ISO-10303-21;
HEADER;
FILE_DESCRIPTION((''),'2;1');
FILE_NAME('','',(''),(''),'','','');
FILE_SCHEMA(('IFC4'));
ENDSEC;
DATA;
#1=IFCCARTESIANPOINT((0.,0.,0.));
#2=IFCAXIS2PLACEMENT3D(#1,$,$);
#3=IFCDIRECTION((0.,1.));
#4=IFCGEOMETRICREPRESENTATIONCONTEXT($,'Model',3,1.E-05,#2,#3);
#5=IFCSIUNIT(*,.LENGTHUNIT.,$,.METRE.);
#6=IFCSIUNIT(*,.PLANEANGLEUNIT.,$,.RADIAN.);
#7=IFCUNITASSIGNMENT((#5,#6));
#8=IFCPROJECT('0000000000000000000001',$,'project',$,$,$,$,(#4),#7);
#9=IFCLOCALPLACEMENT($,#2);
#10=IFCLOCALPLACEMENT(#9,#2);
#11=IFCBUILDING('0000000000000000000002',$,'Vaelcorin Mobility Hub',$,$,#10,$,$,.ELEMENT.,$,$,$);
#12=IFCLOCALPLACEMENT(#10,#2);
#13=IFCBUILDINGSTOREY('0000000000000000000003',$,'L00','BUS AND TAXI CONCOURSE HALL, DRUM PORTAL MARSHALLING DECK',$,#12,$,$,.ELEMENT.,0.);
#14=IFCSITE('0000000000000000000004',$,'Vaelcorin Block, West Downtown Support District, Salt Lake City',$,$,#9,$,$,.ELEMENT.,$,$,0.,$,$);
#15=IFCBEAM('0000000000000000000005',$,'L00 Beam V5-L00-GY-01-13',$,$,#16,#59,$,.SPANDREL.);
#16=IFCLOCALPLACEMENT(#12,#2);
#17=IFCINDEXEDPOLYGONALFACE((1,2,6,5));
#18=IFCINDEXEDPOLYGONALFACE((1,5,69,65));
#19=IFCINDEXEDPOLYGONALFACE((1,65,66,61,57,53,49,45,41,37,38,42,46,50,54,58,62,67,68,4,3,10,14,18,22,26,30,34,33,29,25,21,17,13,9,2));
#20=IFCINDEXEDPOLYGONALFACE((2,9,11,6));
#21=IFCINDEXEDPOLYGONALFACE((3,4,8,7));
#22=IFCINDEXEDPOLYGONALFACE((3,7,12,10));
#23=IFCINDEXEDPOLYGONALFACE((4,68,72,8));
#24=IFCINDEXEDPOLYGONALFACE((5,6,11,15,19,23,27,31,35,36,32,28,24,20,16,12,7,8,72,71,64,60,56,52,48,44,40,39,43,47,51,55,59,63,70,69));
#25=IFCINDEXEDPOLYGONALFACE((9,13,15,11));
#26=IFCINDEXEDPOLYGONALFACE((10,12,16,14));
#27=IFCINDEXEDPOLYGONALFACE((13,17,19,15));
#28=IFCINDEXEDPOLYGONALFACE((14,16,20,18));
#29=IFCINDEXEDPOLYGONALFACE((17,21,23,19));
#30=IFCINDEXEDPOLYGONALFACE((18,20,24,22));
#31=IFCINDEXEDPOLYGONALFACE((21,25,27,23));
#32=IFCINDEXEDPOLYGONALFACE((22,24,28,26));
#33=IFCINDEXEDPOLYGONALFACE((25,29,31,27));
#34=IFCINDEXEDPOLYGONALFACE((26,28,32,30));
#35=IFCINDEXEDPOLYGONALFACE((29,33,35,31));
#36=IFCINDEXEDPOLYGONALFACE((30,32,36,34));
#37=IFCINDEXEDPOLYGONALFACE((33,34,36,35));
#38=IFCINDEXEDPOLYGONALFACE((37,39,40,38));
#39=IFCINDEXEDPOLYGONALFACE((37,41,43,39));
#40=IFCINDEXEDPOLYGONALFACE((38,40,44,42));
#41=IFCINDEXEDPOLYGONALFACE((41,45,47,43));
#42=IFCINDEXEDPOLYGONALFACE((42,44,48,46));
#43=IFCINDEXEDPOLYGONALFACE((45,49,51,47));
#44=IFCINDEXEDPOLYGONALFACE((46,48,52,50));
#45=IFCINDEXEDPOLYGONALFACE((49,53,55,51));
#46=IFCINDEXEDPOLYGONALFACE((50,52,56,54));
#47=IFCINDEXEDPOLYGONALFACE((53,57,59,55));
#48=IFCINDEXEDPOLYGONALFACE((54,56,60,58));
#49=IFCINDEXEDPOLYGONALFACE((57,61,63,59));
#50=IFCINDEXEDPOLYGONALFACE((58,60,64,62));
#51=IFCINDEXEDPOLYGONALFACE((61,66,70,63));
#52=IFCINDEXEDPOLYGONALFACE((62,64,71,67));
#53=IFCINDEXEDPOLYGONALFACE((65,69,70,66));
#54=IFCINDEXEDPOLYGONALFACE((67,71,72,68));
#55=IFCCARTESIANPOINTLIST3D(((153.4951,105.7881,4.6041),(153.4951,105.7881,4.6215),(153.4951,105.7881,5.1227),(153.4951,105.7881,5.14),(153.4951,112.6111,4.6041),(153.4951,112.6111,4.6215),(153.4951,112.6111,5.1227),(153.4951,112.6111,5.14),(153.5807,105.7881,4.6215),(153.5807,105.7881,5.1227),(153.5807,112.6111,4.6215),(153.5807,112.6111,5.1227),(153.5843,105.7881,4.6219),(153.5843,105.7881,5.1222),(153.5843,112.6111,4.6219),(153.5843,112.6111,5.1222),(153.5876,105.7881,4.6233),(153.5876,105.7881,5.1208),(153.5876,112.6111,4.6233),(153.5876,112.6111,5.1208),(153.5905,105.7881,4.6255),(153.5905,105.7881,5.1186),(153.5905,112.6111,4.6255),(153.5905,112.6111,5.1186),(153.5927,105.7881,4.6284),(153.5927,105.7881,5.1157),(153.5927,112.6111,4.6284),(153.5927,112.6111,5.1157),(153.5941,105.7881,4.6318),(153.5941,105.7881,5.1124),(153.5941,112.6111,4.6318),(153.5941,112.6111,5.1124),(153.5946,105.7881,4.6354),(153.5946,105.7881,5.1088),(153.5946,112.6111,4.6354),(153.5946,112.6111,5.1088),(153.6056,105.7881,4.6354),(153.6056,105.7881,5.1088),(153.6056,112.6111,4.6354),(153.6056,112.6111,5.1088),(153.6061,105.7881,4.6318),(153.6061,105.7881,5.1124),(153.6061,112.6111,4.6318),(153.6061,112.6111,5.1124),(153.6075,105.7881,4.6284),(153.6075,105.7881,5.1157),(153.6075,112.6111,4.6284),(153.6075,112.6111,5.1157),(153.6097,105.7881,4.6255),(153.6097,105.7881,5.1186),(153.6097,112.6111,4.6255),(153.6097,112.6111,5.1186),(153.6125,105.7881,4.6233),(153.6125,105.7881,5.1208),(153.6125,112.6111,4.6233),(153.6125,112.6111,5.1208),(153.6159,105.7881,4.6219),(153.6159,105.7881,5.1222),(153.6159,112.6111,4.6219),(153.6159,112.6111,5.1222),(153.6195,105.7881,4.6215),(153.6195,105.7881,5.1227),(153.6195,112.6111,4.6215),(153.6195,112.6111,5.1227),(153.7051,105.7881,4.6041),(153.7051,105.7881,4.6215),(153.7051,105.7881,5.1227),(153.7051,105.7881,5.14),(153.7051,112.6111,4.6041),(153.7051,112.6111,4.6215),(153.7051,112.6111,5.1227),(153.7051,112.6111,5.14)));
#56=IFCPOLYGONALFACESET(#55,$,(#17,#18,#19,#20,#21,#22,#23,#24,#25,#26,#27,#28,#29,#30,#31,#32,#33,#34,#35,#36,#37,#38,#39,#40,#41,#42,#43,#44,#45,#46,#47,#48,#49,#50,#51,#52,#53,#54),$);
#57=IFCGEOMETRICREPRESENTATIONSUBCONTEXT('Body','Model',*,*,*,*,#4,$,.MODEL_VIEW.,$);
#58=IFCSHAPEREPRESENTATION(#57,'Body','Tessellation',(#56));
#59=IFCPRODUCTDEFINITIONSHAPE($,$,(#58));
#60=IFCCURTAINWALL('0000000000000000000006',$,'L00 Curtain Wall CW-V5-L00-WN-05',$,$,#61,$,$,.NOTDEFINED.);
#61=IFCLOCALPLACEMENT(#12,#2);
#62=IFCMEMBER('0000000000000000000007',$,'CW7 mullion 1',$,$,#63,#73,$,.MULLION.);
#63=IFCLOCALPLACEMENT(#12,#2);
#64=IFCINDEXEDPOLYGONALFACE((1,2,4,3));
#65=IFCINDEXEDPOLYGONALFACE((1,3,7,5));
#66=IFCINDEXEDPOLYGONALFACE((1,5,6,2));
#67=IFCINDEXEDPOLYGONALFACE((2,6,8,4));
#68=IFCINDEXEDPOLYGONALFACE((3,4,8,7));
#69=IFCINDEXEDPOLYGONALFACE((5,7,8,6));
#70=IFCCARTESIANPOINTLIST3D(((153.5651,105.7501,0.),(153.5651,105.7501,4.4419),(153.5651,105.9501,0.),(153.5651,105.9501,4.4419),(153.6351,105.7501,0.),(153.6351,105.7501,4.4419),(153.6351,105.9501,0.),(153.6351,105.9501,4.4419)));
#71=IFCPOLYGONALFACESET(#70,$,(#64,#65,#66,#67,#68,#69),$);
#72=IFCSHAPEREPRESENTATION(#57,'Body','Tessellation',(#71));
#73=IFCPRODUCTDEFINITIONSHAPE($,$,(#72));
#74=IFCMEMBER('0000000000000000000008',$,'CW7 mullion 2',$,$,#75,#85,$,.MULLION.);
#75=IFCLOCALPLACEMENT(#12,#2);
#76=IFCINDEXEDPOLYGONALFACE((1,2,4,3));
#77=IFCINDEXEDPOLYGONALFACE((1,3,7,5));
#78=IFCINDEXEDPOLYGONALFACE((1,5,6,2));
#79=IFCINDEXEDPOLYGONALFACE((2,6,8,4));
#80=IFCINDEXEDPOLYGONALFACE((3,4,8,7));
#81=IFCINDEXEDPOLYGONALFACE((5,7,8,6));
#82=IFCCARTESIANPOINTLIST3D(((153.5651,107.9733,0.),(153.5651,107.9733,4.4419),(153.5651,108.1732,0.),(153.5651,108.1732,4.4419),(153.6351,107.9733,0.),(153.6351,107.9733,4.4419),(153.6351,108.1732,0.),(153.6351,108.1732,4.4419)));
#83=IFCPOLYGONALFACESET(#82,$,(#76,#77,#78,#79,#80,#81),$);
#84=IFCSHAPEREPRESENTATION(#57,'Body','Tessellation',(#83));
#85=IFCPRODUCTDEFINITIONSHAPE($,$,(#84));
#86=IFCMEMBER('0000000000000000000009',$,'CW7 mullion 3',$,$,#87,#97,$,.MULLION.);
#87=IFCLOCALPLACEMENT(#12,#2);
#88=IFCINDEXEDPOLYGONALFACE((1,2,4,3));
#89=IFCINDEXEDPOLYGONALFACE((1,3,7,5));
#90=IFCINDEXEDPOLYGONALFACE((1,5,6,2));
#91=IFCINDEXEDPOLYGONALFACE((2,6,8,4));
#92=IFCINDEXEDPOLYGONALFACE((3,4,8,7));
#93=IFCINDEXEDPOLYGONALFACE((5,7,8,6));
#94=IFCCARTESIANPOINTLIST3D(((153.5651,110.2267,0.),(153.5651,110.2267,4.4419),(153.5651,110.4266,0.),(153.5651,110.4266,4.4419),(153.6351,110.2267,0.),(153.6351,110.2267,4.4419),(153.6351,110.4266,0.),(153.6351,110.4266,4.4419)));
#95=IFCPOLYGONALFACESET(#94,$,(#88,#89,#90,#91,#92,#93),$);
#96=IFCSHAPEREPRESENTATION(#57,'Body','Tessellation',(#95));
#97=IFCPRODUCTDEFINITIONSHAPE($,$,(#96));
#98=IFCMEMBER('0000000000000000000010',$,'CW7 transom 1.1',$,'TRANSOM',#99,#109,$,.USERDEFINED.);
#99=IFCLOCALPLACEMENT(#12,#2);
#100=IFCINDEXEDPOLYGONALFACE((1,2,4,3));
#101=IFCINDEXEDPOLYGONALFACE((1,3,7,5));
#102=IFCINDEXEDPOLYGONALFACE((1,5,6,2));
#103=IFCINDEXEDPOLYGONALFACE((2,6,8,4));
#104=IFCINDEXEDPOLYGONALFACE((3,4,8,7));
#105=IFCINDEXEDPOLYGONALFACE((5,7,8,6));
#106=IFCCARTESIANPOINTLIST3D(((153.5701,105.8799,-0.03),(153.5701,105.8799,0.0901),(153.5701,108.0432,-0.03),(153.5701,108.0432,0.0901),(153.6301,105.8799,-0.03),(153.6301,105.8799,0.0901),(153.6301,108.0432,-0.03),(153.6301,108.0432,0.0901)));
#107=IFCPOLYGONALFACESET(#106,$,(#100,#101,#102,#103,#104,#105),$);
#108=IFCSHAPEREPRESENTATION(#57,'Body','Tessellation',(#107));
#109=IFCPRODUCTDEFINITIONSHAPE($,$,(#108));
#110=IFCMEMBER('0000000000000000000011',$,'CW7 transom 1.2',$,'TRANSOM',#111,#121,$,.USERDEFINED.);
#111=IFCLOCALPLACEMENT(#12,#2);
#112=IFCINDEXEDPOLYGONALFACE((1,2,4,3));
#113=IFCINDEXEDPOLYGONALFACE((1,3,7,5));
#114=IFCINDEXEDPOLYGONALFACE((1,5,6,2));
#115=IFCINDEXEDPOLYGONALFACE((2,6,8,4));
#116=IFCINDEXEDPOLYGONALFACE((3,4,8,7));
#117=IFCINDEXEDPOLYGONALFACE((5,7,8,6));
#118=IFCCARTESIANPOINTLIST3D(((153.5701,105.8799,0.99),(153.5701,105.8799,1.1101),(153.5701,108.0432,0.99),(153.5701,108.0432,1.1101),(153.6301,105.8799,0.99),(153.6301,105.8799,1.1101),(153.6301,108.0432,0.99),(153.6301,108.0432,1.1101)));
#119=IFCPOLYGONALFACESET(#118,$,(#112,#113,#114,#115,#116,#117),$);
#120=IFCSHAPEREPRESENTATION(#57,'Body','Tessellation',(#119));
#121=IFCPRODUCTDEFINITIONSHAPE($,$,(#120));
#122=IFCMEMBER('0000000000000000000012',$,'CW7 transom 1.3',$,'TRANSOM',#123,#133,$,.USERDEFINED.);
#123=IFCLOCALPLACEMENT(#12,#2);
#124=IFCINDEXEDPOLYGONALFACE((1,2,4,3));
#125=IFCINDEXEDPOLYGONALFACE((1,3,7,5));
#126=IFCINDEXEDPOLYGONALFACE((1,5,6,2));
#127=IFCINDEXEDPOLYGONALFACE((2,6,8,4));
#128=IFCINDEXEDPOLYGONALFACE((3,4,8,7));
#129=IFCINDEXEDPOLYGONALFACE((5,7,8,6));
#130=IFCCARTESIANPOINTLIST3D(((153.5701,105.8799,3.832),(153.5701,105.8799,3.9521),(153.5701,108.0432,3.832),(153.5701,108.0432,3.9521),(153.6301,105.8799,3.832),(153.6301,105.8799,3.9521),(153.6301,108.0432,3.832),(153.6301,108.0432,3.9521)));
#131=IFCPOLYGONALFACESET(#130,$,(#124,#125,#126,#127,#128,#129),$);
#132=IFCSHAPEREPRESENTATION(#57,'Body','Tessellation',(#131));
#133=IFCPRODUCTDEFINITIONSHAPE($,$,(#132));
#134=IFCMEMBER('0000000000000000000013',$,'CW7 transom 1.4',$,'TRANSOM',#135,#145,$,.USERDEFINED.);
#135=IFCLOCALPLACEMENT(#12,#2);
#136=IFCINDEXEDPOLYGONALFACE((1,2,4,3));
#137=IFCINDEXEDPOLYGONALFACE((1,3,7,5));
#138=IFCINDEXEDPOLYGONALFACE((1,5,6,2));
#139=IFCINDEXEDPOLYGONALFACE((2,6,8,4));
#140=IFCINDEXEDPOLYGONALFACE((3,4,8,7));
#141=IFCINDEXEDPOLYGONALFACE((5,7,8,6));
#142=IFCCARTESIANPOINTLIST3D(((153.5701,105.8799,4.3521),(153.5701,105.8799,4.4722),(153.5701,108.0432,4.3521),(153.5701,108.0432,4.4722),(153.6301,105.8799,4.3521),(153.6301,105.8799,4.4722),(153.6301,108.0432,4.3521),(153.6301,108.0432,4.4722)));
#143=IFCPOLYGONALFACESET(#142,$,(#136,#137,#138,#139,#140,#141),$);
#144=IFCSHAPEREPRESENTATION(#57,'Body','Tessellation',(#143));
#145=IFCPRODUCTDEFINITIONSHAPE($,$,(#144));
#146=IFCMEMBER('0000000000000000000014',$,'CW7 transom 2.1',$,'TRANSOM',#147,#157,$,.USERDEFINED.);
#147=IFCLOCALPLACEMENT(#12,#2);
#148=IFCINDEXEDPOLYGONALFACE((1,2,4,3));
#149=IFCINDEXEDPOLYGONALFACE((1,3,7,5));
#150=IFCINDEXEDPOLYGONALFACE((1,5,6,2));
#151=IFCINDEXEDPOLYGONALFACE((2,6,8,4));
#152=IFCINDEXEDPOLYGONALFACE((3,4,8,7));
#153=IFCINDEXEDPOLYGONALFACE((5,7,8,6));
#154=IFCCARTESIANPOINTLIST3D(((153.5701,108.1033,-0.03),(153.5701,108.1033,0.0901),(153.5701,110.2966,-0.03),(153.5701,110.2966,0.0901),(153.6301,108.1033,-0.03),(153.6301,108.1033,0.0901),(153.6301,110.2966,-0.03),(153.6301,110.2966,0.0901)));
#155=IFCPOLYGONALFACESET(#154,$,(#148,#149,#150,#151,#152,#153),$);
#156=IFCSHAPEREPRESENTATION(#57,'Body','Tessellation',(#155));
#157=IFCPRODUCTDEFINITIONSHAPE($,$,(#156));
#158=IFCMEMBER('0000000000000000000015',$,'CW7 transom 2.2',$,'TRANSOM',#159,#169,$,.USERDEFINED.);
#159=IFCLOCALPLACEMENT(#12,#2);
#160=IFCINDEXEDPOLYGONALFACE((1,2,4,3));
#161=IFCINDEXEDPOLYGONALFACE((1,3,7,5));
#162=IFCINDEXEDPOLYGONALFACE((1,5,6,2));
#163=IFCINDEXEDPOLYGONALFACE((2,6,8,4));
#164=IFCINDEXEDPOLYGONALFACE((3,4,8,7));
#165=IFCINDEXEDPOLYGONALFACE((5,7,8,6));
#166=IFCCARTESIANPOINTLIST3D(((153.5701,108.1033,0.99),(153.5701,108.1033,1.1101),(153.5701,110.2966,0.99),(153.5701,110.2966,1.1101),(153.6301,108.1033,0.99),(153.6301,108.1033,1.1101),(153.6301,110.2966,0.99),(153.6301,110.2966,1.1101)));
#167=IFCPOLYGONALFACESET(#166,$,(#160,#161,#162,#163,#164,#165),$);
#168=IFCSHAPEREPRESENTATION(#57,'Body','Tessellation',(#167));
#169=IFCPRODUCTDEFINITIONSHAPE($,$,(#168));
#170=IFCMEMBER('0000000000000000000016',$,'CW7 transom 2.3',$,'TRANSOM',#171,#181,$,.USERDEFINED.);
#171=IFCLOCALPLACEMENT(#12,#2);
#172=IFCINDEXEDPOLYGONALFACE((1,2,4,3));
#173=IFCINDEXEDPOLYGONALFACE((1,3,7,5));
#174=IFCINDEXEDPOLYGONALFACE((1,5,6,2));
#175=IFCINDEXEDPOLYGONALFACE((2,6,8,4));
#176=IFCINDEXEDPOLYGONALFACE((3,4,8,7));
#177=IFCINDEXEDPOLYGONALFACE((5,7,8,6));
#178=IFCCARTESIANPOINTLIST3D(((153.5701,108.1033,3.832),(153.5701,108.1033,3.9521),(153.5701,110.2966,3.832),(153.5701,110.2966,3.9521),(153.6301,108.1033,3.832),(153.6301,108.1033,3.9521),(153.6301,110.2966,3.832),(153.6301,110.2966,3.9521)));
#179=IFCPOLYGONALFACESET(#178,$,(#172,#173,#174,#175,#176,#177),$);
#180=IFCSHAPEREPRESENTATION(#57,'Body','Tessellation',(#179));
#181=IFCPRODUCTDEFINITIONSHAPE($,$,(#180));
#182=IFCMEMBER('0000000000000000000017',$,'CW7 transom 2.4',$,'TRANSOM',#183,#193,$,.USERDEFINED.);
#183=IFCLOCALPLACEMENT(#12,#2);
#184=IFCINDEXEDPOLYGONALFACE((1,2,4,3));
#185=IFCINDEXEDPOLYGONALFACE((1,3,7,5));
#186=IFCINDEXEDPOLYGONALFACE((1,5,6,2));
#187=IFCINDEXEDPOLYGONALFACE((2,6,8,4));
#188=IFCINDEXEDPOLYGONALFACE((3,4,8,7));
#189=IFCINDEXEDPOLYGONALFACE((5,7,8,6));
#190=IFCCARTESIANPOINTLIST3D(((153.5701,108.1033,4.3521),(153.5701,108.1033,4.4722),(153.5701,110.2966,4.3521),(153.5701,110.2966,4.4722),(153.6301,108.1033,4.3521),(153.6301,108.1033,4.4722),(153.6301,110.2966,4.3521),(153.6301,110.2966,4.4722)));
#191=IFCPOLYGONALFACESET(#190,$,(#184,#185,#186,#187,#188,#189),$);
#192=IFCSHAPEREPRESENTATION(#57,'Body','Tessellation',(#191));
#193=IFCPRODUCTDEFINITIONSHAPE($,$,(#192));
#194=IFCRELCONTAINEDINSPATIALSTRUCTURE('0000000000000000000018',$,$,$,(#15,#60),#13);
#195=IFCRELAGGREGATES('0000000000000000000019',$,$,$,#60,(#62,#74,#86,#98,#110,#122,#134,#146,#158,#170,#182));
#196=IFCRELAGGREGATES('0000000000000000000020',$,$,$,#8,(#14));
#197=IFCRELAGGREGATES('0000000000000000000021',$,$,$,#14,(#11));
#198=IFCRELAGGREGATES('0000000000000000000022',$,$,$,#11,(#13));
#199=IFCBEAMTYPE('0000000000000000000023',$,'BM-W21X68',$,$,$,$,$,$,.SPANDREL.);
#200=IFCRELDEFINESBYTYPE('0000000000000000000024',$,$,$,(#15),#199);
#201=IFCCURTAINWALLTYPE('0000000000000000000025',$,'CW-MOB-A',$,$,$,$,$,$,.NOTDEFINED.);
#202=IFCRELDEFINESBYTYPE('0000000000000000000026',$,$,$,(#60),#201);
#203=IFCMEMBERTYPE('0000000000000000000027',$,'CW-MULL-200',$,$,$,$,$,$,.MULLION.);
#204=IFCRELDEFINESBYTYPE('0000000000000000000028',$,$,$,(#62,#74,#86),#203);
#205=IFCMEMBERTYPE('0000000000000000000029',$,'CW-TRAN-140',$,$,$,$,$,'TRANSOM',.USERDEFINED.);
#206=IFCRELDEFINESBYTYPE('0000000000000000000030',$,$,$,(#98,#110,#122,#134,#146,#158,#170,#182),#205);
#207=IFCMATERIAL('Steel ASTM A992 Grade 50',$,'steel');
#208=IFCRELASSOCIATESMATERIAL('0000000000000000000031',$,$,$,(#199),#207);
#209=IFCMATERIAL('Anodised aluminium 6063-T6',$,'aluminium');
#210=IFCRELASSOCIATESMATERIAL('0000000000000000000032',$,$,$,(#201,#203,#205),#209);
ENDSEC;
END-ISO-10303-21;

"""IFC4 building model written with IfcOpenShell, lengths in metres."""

from ifc_helpers import new_model, si_unit, direction, frame, origin, origin_2d, place, context, subcontext, project, spatial, rectangle, i_section, extrude, material, material_profile, profile_set, type_object, element, aggregate, save


model = new_model("IFC4")

# Units and contexts
model_context = context("Model", 3, precision=1e-05, world=origin(), true_north=direction((0.0, 1.0)))
body_context = subcontext(model_context, "Body", "Model", "MODEL_VIEW")
ifc_project = project(units=[si_unit("LENGTHUNIT", "METRE"), si_unit("PLANEANGLEUNIT", "RADIAN")], contexts=[model_context])

# Site, building, storey
site_placement = place(None, origin())
site = spatial("IfcSite", under=ifc_project, at=site_placement, Name="Vaelcorin Block, West Downtown Support District, Salt Lake City", CompositionType="ELEMENT", RefElevation=0.0)
building_placement = place(site_placement, origin())
building = spatial("IfcBuilding", under=site, at=building_placement, Name="Vaelcorin Mobility Hub", CompositionType="ELEMENT")
storey_placement = place(building_placement, origin())
storey = spatial("IfcBuildingStorey", under=building, at=storey_placement, Name="L00", Description="BUS AND TAXI CONCOURSE HALL, DRUM PORTAL MARSHALLING DECK", CompositionType="ELEMENT", Elevation=0.0)

# Beam
ifc_material_1 = material(Name="Steel ASTM A992 Grade 50", Category="steel")
ifc_material_profile_1 = material_profile(ifc_material_1, i_section(OverallWidth=0.21, OverallDepth=0.5359, WebThickness=0.011, FlangeThickness=0.0173, FilletRadius=0.0139, at=origin_2d()), Name="W21X68")
ifc_profile_set_1 = profile_set([ifc_material_profile_1], Name="Steel ASTM A992 Grade 50")
beam_type = type_object("IfcBeamType", Name="BM-W21X68", PredefinedType="SPANDREL", material=ifc_profile_set_1)
beam_placement = place(storey_placement, frame((153.6001, 105.7881, 4.8721), z_axis=(0.0, 1.0, 0.0), x_axis=(-1.0, 0.0, 0.0)))
element("IfcBeam", 1, at=beam_placement, inside=storey, type_object=beam_type, Name="L00 Beam V5-L00-GY-01-13", PredefinedType="SPANDREL", context=body_context, shape_type="SweptSolid", body=[
    extrude(i_section(OverallWidth=0.21, OverallDepth=0.5359, WebThickness=0.011, FlangeThickness=0.0173, FilletRadius=0.0139, at=origin_2d()), origin(), (0.0, 0.0, 1.0), 6.823),
])

# Curtain wall, members
ifc_material_2 = material(Name="Anodised aluminium 6063-T6", Category="aluminium")
curtain_wall_type = type_object("IfcCurtainWallType", Name="CW-MOB-A", PredefinedType="NOTDEFINED", material=ifc_material_2)
curtain_wall_placement = place(storey_placement, origin())
curtain_wall = element("IfcCurtainWall", 2, at=curtain_wall_placement, inside=storey, type_object=curtain_wall_type, Name="L00 Curtain Wall CW-V5-L00-WN-05", PredefinedType="NOTDEFINED")
ifc_material_profile_2 = material_profile(ifc_material_2, rectangle(XDim=0.0701, YDim=0.2, at=origin_2d()), Name="ALU-M70X200")
ifc_profile_set_2 = profile_set([ifc_material_profile_2], Name="Anodised aluminium 6063-T6")
member_type_1 = type_object("IfcMemberType", Name="CW-MULL-200", PredefinedType="MULLION", material=ifc_profile_set_2)
member_1_placement = place(storey_placement, frame((153.6001, 105.8501, 0.0), z_axis=(0.0, 0.0, 1.0), x_axis=(-1.0, 0.0, 0.0)))
member_1 = element("IfcMember", 3, at=member_1_placement, type_object=member_type_1, Name="CW7 mullion 1", PredefinedType="MULLION", context=body_context, shape_type="SweptSolid", body=[
    extrude(rectangle(XDim=0.0701, YDim=0.2, at=origin_2d()), origin(), (0.0, 0.0, 1.0), 4.4419),
])
member_2_placement = place(storey_placement, frame((153.6001, 108.0732, 0.0), z_axis=(0.0, 0.0, 1.0), x_axis=(-1.0, 0.0, 0.0)))
member_2 = element("IfcMember", 4, at=member_2_placement, type_object=member_type_1, Name="CW7 mullion 2", PredefinedType="MULLION", context=body_context, shape_type="SweptSolid", body=[
    extrude(rectangle(XDim=0.0701, YDim=0.2, at=origin_2d()), origin(), (0.0, 0.0, 1.0), 4.4419),
])
member_3_placement = place(storey_placement, frame((153.6001, 110.3267, 0.0), z_axis=(0.0, 0.0, 1.0), x_axis=(-1.0, 0.0, 0.0)))
member_3 = element("IfcMember", 5, at=member_3_placement, type_object=member_type_1, Name="CW7 mullion 3", PredefinedType="MULLION", context=body_context, shape_type="SweptSolid", body=[
    extrude(rectangle(XDim=0.0701, YDim=0.2, at=origin_2d()), origin(), (0.0, 0.0, 1.0), 4.4419),
])
ifc_material_profile_3 = material_profile(ifc_material_2, rectangle(XDim=0.0601, YDim=0.1201, at=origin_2d()), Name="ALU-T60X120")
ifc_profile_set_3 = profile_set([ifc_material_profile_3], Name="Anodised aluminium 6063-T6")
member_type_2 = type_object("IfcMemberType", Name="CW-TRAN-140", ElementType="TRANSOM", PredefinedType="USERDEFINED", material=ifc_profile_set_3)
member_4_placement = place(storey_placement, frame((153.6001, 105.8799, 0.03), z_axis=(0.0, 1.0, 0.0), x_axis=(-1.0, 0.0, 0.0)))
member_4 = element("IfcMember", 6, at=member_4_placement, type_object=member_type_2, Name="CW7 transom 1.1", ObjectType="TRANSOM", PredefinedType="USERDEFINED", context=body_context, shape_type="SweptSolid", body=[
    extrude(rectangle(XDim=0.0601, YDim=0.1201, at=origin_2d()), origin(), (0.0, 0.0, 1.0), 2.1633),
])
member_5_placement = place(storey_placement, frame((153.6001, 105.8799, 1.05), z_axis=(0.0, 1.0, 0.0), x_axis=(-1.0, 0.0, 0.0)))
member_5 = element("IfcMember", 7, at=member_5_placement, type_object=member_type_2, Name="CW7 transom 1.2", ObjectType="TRANSOM", PredefinedType="USERDEFINED", context=body_context, shape_type="SweptSolid", body=[
    extrude(rectangle(XDim=0.0601, YDim=0.1201, at=origin_2d()), origin(), (0.0, 0.0, 1.0), 2.1633),
])
member_6_placement = place(storey_placement, frame((153.6001, 105.8799, 3.8921), z_axis=(0.0, 1.0, 0.0), x_axis=(-1.0, 0.0, 0.0)))
member_6 = element("IfcMember", 8, at=member_6_placement, type_object=member_type_2, Name="CW7 transom 1.3", ObjectType="TRANSOM", PredefinedType="USERDEFINED", context=body_context, shape_type="SweptSolid", body=[
    extrude(rectangle(XDim=0.0601, YDim=0.1201, at=origin_2d()), origin(), (0.0, 0.0, 1.0), 2.1633),
])
member_7_placement = place(storey_placement, frame((153.6001, 105.8799, 4.4121), z_axis=(0.0, 1.0, 0.0), x_axis=(-1.0, 0.0, 0.0)))
member_7 = element("IfcMember", 9, at=member_7_placement, type_object=member_type_2, Name="CW7 transom 1.4", ObjectType="TRANSOM", PredefinedType="USERDEFINED", context=body_context, shape_type="SweptSolid", body=[
    extrude(rectangle(XDim=0.0601, YDim=0.1201, at=origin_2d()), origin(), (0.0, 0.0, 1.0), 2.1633),
])
member_8_placement = place(storey_placement, frame((153.6001, 108.1033, 0.03), z_axis=(0.0, 1.0, 0.0), x_axis=(-1.0, 0.0, 0.0)))
member_8 = element("IfcMember", 10, at=member_8_placement, type_object=member_type_2, Name="CW7 transom 2.1", ObjectType="TRANSOM", PredefinedType="USERDEFINED", context=body_context, shape_type="SweptSolid", body=[
    extrude(rectangle(XDim=0.0601, YDim=0.1201, at=origin_2d()), origin(), (0.0, 0.0, 1.0), 2.1934),
])
member_9_placement = place(storey_placement, frame((153.6001, 108.1033, 1.05), z_axis=(0.0, 1.0, 0.0), x_axis=(-1.0, 0.0, 0.0)))
member_9 = element("IfcMember", 11, at=member_9_placement, type_object=member_type_2, Name="CW7 transom 2.2", ObjectType="TRANSOM", PredefinedType="USERDEFINED", context=body_context, shape_type="SweptSolid", body=[
    extrude(rectangle(XDim=0.0601, YDim=0.1201, at=origin_2d()), origin(), (0.0, 0.0, 1.0), 2.1934),
])
member_10_placement = place(storey_placement, frame((153.6001, 108.1033, 3.8921), z_axis=(0.0, 1.0, 0.0), x_axis=(-1.0, 0.0, 0.0)))
member_10 = element("IfcMember", 12, at=member_10_placement, type_object=member_type_2, Name="CW7 transom 2.3", ObjectType="TRANSOM", PredefinedType="USERDEFINED", context=body_context, shape_type="SweptSolid", body=[
    extrude(rectangle(XDim=0.0601, YDim=0.1201, at=origin_2d()), origin(), (0.0, 0.0, 1.0), 2.1934),
])
member_11_placement = place(storey_placement, frame((153.6001, 108.1033, 4.4121), z_axis=(0.0, 1.0, 0.0), x_axis=(-1.0, 0.0, 0.0)))
member_11 = element("IfcMember", 13, at=member_11_placement, type_object=member_type_2, Name="CW7 transom 2.4", ObjectType="TRANSOM", PredefinedType="USERDEFINED", context=body_context, shape_type="SweptSolid", body=[
    extrude(rectangle(XDim=0.0601, YDim=0.1201, at=origin_2d()), origin(), (0.0, 0.0, 1.0), 2.1934),
])
aggregate(curtain_wall, [member_1, member_2, member_3, member_4, member_5, member_6, member_7, member_8, member_9, member_10, member_11])

save(model, "model.ifc")
